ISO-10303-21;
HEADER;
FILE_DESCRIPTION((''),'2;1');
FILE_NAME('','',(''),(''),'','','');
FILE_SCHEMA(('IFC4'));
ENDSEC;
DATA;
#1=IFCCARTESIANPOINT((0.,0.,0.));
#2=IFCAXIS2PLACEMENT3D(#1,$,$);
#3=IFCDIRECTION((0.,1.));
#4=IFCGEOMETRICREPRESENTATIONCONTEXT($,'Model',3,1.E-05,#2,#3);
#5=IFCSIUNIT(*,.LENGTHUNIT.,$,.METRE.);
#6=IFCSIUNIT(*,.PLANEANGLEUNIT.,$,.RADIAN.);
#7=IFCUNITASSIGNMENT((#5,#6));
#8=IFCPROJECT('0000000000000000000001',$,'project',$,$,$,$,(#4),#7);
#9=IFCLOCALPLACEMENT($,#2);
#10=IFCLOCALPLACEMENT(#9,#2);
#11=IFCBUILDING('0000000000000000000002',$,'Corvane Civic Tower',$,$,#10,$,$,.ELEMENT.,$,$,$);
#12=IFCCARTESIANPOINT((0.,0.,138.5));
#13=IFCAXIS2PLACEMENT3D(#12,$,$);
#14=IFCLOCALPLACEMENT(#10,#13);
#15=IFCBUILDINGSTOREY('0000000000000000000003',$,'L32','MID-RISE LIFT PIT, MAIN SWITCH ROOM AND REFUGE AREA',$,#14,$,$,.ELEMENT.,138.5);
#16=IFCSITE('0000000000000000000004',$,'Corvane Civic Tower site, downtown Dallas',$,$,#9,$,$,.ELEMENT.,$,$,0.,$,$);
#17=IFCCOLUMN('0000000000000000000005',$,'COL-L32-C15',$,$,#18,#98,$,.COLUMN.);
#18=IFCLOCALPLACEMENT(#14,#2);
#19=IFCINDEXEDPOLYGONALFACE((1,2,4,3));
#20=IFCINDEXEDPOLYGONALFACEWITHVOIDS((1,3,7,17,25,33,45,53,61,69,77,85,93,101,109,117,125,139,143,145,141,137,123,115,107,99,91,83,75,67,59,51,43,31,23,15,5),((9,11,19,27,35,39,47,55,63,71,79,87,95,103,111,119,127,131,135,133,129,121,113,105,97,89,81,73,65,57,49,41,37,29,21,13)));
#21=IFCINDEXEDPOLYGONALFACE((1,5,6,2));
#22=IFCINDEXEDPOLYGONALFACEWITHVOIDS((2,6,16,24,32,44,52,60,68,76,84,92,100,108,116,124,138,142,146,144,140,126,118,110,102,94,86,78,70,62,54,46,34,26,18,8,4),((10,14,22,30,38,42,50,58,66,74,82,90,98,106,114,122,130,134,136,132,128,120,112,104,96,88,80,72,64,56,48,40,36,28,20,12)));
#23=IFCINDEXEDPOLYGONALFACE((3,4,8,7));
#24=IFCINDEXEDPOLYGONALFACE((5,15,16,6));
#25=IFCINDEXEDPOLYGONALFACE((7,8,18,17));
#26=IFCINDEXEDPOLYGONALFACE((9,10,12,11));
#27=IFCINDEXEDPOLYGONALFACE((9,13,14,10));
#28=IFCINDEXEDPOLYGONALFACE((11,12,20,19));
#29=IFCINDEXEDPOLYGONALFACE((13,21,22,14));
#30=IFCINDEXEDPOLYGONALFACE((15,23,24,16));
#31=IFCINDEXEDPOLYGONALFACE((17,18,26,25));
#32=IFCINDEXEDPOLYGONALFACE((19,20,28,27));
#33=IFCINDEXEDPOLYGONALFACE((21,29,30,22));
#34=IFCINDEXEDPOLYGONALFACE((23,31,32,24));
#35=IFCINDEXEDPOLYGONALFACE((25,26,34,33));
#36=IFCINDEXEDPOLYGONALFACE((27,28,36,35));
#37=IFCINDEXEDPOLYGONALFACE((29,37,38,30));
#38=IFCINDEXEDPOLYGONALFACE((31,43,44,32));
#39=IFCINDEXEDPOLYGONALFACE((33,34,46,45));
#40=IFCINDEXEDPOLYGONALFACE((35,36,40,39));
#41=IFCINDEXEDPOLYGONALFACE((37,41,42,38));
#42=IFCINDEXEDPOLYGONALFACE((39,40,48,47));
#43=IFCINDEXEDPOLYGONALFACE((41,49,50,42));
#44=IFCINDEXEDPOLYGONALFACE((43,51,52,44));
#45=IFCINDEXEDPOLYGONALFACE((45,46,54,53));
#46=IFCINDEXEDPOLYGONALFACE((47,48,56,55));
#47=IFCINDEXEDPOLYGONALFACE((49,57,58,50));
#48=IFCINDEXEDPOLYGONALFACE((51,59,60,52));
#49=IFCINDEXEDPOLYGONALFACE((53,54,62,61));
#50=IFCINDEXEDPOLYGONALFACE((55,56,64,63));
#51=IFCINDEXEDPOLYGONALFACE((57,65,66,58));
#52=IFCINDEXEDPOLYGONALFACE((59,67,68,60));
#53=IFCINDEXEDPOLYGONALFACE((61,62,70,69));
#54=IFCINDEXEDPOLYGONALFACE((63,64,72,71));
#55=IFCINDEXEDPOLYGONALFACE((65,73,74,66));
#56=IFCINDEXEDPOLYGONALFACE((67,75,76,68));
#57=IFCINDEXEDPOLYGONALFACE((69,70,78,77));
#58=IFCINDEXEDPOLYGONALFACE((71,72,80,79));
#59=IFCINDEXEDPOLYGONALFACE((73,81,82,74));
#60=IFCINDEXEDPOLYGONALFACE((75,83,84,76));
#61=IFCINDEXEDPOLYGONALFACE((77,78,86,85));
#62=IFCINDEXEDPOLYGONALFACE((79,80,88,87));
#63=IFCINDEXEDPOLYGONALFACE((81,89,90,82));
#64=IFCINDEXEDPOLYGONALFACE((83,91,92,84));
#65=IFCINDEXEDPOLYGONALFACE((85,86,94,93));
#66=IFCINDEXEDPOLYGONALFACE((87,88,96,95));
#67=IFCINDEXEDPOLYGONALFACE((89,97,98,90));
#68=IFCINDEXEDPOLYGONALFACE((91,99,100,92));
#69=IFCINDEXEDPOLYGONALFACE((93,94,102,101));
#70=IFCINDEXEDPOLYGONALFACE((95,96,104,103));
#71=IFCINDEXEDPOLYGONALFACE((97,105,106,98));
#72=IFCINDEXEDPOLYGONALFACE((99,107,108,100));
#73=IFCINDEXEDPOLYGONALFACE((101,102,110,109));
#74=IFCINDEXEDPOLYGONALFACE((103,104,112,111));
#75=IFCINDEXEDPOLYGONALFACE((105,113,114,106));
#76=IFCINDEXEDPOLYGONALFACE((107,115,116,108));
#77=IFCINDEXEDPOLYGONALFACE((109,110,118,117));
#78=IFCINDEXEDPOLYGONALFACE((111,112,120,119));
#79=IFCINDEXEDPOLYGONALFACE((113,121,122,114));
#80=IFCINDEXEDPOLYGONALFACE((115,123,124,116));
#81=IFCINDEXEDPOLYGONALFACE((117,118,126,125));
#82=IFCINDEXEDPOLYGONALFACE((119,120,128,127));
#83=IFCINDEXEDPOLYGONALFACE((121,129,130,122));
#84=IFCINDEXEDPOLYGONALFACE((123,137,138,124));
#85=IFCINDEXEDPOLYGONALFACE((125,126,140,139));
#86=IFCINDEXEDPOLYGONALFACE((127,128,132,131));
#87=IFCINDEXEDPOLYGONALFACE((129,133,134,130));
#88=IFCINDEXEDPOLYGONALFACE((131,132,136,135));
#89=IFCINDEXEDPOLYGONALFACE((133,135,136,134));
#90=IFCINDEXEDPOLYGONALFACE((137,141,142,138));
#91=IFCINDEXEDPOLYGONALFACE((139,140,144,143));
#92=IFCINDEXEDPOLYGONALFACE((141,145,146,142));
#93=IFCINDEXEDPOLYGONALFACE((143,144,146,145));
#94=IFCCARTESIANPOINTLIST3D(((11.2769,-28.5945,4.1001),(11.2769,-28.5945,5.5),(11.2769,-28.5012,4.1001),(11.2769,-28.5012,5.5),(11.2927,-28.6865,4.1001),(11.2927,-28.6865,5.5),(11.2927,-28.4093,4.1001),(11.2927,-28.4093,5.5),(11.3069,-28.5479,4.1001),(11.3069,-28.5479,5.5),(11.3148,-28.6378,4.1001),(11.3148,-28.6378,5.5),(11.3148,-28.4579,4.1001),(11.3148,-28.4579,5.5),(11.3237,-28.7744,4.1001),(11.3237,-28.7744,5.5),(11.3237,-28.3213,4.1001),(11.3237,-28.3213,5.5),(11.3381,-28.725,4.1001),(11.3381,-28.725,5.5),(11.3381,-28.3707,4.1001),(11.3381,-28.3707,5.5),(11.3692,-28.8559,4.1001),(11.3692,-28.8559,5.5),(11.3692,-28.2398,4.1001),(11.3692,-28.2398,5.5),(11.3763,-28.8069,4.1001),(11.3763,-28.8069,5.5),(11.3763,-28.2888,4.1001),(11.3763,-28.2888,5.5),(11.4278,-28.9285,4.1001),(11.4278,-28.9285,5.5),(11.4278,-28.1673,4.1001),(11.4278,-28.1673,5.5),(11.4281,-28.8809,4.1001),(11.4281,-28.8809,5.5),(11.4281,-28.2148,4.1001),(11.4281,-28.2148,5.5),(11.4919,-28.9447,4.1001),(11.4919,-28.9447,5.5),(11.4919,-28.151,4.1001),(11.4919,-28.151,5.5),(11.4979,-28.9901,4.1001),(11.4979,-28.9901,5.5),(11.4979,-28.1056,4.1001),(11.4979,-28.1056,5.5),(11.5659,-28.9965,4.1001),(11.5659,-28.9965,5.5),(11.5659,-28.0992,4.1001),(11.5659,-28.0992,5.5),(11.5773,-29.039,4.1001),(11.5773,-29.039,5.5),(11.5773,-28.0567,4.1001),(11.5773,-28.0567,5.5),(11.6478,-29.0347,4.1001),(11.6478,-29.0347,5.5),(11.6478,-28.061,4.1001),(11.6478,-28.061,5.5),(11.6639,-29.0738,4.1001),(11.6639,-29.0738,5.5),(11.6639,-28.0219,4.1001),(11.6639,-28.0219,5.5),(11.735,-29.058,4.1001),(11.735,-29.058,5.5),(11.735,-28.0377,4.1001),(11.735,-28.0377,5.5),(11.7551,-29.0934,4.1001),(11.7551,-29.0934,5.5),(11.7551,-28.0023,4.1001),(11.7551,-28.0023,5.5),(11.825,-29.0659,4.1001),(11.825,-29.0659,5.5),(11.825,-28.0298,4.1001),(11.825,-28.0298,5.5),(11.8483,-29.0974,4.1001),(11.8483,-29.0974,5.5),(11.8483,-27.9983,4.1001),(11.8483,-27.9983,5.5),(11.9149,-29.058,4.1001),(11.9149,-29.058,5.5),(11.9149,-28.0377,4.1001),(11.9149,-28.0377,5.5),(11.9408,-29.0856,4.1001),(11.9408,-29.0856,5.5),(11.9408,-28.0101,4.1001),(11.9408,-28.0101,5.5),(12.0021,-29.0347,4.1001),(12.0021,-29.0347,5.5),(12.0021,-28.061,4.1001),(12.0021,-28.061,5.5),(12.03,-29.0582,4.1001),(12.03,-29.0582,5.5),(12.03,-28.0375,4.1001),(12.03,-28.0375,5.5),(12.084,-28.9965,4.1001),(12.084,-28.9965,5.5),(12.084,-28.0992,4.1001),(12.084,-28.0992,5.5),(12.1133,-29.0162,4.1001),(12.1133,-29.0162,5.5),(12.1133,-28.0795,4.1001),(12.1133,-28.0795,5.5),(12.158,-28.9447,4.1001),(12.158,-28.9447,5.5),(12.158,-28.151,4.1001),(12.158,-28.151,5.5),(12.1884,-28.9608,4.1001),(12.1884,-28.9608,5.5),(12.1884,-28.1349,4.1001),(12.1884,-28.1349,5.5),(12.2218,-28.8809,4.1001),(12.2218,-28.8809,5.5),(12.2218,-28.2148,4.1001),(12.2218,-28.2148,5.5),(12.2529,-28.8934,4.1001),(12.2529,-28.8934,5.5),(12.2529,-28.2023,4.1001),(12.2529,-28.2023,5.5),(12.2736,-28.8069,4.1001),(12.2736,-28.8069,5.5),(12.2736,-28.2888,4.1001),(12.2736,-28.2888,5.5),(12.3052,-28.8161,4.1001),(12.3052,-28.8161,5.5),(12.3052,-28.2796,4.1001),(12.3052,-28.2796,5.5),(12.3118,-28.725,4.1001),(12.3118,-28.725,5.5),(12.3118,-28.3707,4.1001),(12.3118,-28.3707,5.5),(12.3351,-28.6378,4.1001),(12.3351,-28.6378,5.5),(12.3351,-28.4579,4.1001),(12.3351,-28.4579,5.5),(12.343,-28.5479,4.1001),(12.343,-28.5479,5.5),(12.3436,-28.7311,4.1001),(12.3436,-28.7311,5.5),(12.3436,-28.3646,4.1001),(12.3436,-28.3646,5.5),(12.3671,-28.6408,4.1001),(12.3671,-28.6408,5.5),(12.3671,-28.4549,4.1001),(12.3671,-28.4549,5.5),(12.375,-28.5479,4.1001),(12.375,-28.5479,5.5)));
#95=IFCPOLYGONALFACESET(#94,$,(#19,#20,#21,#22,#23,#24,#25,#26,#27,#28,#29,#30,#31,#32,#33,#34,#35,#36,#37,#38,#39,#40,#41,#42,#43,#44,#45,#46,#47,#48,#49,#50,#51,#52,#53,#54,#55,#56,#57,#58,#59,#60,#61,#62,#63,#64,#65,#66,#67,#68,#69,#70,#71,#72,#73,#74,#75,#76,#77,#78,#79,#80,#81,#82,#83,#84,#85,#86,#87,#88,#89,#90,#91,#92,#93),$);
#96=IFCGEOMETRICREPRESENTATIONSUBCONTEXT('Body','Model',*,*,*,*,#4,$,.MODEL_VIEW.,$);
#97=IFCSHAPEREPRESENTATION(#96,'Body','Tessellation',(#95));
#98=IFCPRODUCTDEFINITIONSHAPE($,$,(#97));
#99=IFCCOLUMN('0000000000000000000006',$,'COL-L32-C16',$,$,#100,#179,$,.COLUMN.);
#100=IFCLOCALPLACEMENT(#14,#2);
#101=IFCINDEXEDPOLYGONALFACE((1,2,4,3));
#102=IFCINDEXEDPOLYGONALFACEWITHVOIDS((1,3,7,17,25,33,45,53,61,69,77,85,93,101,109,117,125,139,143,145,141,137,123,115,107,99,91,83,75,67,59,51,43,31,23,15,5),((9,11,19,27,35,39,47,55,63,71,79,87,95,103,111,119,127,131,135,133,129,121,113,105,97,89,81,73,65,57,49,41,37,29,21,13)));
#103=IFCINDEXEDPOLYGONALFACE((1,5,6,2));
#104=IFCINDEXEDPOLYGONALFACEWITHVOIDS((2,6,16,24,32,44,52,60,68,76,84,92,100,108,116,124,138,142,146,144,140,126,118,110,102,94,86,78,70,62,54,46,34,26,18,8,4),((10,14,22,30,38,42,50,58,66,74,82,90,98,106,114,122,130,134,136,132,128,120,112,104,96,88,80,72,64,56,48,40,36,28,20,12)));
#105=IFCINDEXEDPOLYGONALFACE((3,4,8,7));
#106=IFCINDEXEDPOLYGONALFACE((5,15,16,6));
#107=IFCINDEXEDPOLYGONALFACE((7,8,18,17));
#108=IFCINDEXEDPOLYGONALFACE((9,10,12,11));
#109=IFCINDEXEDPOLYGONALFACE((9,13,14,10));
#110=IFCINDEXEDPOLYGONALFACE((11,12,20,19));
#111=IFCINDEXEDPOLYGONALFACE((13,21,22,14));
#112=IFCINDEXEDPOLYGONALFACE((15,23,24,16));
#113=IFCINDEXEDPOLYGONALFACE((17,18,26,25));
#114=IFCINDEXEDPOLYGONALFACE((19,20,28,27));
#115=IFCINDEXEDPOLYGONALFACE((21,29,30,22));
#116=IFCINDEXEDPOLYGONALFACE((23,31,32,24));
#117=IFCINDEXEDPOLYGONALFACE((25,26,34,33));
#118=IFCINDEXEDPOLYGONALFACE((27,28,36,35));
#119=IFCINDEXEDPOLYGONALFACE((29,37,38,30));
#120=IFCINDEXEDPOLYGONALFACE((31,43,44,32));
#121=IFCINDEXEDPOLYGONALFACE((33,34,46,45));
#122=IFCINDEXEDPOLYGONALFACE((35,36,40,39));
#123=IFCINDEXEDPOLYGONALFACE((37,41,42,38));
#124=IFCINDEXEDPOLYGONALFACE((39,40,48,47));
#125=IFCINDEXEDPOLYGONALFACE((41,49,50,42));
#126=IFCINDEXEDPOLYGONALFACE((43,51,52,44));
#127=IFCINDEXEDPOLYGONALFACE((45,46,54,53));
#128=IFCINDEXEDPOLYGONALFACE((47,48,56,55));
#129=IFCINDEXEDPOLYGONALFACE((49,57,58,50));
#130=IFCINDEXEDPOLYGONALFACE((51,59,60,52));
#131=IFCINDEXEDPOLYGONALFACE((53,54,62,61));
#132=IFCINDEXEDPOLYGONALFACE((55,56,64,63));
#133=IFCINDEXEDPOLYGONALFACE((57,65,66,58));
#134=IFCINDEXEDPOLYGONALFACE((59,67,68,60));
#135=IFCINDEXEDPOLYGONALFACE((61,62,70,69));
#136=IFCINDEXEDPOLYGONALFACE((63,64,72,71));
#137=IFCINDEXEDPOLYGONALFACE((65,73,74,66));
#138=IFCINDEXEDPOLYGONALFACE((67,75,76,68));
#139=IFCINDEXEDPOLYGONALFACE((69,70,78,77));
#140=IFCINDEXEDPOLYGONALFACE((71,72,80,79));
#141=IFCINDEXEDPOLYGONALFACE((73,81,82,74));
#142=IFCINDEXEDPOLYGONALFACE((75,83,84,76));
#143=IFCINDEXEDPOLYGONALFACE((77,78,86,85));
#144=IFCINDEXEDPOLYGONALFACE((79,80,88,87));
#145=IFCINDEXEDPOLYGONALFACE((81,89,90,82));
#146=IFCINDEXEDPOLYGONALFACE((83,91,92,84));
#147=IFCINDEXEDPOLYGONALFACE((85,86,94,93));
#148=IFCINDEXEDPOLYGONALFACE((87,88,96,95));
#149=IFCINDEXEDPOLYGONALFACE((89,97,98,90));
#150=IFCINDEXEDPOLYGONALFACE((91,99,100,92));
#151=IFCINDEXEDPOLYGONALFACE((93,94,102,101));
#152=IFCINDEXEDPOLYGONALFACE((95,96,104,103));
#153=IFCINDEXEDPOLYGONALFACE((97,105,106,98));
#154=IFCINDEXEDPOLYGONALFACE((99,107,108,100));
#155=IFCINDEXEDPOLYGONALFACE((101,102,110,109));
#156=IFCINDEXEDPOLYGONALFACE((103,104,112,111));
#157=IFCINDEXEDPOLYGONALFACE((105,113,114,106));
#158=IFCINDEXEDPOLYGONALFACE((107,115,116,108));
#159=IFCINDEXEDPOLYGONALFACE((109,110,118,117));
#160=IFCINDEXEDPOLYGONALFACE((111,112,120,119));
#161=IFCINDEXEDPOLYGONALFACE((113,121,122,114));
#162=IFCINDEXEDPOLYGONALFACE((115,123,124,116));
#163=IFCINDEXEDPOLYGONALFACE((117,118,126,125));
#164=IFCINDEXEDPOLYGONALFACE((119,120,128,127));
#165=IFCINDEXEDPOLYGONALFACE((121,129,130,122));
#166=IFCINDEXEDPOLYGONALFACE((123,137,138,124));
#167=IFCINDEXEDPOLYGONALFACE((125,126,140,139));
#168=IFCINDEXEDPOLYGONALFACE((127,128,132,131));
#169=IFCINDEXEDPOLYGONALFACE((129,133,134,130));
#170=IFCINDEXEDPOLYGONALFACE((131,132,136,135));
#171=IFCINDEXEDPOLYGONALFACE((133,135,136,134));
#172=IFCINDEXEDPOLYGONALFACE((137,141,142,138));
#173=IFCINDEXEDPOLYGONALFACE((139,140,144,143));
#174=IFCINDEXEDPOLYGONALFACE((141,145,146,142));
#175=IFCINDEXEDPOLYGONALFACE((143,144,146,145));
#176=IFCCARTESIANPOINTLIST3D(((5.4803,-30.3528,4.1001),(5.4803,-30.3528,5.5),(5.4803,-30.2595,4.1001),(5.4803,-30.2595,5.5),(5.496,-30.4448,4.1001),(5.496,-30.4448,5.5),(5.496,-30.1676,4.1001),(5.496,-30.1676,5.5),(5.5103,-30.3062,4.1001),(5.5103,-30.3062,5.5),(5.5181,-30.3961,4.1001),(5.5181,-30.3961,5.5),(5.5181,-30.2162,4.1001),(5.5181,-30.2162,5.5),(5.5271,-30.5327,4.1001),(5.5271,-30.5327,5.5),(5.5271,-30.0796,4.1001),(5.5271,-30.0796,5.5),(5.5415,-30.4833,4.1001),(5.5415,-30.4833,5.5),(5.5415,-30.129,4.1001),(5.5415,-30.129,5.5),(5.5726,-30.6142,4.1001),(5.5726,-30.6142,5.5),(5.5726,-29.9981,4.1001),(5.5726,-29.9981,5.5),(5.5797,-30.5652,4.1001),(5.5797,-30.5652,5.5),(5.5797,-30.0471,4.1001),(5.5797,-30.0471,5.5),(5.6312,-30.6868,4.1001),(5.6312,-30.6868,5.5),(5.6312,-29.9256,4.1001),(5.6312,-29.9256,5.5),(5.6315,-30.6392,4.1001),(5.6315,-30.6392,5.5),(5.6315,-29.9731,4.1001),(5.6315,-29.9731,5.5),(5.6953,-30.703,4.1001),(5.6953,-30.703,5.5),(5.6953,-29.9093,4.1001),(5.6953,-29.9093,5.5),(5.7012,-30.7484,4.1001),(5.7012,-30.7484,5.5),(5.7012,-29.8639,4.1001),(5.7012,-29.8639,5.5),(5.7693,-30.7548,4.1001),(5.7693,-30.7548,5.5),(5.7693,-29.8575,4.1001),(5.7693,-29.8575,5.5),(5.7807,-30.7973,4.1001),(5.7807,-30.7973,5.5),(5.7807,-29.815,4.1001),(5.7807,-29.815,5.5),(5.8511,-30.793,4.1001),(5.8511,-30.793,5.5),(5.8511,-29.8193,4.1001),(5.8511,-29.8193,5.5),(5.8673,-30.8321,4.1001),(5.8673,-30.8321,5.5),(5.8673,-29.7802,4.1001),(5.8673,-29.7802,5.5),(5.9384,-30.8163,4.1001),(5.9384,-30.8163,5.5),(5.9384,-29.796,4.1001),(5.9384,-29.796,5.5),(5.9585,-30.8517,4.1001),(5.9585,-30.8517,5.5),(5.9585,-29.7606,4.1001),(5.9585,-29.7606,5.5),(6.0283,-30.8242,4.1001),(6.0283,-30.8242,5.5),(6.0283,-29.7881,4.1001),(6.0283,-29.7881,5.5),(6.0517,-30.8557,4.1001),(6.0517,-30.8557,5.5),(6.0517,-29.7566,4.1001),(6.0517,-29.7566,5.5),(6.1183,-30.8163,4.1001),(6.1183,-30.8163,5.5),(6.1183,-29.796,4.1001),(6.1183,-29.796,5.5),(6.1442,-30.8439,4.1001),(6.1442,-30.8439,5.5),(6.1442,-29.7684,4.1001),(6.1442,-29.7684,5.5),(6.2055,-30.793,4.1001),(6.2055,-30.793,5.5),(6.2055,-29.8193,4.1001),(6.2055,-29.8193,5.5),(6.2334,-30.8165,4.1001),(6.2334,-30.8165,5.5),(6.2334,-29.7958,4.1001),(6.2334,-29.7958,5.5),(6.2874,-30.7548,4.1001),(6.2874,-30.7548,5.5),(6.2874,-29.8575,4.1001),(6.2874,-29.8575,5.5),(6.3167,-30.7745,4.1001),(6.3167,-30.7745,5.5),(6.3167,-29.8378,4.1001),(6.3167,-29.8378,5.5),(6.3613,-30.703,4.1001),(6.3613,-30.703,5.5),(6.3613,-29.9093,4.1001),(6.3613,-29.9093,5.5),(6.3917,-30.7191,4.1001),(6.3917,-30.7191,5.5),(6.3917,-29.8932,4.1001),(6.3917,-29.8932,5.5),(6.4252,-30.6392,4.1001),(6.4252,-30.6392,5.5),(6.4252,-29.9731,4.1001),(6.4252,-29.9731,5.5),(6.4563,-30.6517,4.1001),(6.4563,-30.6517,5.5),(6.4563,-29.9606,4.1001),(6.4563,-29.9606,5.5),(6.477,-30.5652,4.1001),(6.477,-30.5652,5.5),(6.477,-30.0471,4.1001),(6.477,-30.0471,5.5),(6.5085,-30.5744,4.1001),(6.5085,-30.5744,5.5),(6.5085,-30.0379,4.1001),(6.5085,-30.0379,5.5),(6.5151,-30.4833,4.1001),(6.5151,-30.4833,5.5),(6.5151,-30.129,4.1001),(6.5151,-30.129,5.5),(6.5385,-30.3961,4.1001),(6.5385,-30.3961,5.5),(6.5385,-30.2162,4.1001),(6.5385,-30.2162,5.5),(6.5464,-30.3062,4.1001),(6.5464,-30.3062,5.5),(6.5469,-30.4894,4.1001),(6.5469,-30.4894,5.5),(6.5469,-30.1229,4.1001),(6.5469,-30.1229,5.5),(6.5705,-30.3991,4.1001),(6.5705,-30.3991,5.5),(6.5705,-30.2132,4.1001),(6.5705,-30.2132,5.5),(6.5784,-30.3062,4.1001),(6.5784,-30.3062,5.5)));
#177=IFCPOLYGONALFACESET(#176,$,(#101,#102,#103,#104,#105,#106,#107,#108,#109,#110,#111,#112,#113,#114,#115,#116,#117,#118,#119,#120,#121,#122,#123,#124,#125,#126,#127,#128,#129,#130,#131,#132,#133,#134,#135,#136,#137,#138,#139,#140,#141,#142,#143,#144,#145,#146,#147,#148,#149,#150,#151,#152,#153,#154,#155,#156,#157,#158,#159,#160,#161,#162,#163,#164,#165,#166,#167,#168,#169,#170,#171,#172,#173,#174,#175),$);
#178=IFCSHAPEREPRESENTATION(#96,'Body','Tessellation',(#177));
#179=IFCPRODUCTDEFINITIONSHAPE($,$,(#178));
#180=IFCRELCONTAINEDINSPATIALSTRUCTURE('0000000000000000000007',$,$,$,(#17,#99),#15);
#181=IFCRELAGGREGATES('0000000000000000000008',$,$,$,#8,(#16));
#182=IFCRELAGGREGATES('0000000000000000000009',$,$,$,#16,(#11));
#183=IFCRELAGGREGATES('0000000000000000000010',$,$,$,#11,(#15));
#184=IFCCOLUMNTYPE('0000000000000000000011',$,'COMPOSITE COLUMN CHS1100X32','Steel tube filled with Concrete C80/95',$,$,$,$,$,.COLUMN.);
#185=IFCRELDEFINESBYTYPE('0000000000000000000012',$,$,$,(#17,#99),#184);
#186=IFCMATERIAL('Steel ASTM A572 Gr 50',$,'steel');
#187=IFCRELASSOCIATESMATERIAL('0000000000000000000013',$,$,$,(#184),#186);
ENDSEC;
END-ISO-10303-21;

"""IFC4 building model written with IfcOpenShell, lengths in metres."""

from ifc_helpers import new_model, si_unit, direction, frame, origin, origin_2d, place, context, subcontext, project, spatial, hollow_circle, extrude, material, material_profile, profile_set, type_object, element, save


model = new_model("IFC4")

# Units and contexts
model_context = context("Model", 3, precision=1e-05, world=origin(), true_north=direction((0.0, 1.0)))
body_context = subcontext(model_context, "Body", "Model", "MODEL_VIEW")
ifc_project = project(units=[si_unit("LENGTHUNIT", "METRE"), si_unit("PLANEANGLEUNIT", "RADIAN")], contexts=[model_context])

# Site, building, storey
site_placement = place(None, origin())
site = spatial("IfcSite", under=ifc_project, at=site_placement, Name="Corvane Civic Tower site, downtown Dallas", CompositionType="ELEMENT", RefElevation=0.0)
building_placement = place(site_placement, origin())
building = spatial("IfcBuilding", under=site, at=building_placement, Name="Corvane Civic Tower", CompositionType="ELEMENT")
storey_placement = place(building_placement, frame((0.0, 0.0, 138.5)))
storey = spatial("IfcBuildingStorey", under=building, at=storey_placement, Name="L32", Description="MID-RISE LIFT PIT, MAIN SWITCH ROOM AND REFUGE AREA", CompositionType="ELEMENT", Elevation=138.5)

# Columns
ifc_material_1 = material(Name="Steel ASTM A572 Gr 50", Category="steel")
ifc_material_profile_1 = material_profile(ifc_material_1, hollow_circle(Radius=0.55, WallThickness=0.032, at=origin_2d()), Name="CHS1100X32")
ifc_profile_set_1 = profile_set([ifc_material_profile_1], Name="Steel ASTM A572 Gr 50")
column_type_1 = type_object("IfcColumnType", Name="COMPOSITE COLUMN CHS1100X32", Description="Steel tube filled with Concrete C80/95", PredefinedType="COLUMN", material=ifc_profile_set_1)
for number, where, z_axis, x_axis, name in (
    (1, (11.825, -28.5479, 4.1001), (0.0, 0.0, 1.0), (1.0, 0.0, 0.0), "COL-L32-C15"),
    (2, (6.0283, -30.3062, 4.1001), (0.0, 0.0, 1.0), (1.0, 0.0, 0.0), "COL-L32-C16"),
):
    element("IfcColumn", number, at=place(storey_placement, frame(where, z_axis=z_axis, x_axis=x_axis)), inside=storey, type_object=column_type_1, Name=name, PredefinedType="COLUMN", context=body_context, shape_type="SweptSolid", body=[
        extrude(hollow_circle(Radius=0.55, WallThickness=0.032, at=origin_2d()), origin(), (0.0, 0.0, 1.0), 1.3999),
    ])

save(model, "model.ifc")
